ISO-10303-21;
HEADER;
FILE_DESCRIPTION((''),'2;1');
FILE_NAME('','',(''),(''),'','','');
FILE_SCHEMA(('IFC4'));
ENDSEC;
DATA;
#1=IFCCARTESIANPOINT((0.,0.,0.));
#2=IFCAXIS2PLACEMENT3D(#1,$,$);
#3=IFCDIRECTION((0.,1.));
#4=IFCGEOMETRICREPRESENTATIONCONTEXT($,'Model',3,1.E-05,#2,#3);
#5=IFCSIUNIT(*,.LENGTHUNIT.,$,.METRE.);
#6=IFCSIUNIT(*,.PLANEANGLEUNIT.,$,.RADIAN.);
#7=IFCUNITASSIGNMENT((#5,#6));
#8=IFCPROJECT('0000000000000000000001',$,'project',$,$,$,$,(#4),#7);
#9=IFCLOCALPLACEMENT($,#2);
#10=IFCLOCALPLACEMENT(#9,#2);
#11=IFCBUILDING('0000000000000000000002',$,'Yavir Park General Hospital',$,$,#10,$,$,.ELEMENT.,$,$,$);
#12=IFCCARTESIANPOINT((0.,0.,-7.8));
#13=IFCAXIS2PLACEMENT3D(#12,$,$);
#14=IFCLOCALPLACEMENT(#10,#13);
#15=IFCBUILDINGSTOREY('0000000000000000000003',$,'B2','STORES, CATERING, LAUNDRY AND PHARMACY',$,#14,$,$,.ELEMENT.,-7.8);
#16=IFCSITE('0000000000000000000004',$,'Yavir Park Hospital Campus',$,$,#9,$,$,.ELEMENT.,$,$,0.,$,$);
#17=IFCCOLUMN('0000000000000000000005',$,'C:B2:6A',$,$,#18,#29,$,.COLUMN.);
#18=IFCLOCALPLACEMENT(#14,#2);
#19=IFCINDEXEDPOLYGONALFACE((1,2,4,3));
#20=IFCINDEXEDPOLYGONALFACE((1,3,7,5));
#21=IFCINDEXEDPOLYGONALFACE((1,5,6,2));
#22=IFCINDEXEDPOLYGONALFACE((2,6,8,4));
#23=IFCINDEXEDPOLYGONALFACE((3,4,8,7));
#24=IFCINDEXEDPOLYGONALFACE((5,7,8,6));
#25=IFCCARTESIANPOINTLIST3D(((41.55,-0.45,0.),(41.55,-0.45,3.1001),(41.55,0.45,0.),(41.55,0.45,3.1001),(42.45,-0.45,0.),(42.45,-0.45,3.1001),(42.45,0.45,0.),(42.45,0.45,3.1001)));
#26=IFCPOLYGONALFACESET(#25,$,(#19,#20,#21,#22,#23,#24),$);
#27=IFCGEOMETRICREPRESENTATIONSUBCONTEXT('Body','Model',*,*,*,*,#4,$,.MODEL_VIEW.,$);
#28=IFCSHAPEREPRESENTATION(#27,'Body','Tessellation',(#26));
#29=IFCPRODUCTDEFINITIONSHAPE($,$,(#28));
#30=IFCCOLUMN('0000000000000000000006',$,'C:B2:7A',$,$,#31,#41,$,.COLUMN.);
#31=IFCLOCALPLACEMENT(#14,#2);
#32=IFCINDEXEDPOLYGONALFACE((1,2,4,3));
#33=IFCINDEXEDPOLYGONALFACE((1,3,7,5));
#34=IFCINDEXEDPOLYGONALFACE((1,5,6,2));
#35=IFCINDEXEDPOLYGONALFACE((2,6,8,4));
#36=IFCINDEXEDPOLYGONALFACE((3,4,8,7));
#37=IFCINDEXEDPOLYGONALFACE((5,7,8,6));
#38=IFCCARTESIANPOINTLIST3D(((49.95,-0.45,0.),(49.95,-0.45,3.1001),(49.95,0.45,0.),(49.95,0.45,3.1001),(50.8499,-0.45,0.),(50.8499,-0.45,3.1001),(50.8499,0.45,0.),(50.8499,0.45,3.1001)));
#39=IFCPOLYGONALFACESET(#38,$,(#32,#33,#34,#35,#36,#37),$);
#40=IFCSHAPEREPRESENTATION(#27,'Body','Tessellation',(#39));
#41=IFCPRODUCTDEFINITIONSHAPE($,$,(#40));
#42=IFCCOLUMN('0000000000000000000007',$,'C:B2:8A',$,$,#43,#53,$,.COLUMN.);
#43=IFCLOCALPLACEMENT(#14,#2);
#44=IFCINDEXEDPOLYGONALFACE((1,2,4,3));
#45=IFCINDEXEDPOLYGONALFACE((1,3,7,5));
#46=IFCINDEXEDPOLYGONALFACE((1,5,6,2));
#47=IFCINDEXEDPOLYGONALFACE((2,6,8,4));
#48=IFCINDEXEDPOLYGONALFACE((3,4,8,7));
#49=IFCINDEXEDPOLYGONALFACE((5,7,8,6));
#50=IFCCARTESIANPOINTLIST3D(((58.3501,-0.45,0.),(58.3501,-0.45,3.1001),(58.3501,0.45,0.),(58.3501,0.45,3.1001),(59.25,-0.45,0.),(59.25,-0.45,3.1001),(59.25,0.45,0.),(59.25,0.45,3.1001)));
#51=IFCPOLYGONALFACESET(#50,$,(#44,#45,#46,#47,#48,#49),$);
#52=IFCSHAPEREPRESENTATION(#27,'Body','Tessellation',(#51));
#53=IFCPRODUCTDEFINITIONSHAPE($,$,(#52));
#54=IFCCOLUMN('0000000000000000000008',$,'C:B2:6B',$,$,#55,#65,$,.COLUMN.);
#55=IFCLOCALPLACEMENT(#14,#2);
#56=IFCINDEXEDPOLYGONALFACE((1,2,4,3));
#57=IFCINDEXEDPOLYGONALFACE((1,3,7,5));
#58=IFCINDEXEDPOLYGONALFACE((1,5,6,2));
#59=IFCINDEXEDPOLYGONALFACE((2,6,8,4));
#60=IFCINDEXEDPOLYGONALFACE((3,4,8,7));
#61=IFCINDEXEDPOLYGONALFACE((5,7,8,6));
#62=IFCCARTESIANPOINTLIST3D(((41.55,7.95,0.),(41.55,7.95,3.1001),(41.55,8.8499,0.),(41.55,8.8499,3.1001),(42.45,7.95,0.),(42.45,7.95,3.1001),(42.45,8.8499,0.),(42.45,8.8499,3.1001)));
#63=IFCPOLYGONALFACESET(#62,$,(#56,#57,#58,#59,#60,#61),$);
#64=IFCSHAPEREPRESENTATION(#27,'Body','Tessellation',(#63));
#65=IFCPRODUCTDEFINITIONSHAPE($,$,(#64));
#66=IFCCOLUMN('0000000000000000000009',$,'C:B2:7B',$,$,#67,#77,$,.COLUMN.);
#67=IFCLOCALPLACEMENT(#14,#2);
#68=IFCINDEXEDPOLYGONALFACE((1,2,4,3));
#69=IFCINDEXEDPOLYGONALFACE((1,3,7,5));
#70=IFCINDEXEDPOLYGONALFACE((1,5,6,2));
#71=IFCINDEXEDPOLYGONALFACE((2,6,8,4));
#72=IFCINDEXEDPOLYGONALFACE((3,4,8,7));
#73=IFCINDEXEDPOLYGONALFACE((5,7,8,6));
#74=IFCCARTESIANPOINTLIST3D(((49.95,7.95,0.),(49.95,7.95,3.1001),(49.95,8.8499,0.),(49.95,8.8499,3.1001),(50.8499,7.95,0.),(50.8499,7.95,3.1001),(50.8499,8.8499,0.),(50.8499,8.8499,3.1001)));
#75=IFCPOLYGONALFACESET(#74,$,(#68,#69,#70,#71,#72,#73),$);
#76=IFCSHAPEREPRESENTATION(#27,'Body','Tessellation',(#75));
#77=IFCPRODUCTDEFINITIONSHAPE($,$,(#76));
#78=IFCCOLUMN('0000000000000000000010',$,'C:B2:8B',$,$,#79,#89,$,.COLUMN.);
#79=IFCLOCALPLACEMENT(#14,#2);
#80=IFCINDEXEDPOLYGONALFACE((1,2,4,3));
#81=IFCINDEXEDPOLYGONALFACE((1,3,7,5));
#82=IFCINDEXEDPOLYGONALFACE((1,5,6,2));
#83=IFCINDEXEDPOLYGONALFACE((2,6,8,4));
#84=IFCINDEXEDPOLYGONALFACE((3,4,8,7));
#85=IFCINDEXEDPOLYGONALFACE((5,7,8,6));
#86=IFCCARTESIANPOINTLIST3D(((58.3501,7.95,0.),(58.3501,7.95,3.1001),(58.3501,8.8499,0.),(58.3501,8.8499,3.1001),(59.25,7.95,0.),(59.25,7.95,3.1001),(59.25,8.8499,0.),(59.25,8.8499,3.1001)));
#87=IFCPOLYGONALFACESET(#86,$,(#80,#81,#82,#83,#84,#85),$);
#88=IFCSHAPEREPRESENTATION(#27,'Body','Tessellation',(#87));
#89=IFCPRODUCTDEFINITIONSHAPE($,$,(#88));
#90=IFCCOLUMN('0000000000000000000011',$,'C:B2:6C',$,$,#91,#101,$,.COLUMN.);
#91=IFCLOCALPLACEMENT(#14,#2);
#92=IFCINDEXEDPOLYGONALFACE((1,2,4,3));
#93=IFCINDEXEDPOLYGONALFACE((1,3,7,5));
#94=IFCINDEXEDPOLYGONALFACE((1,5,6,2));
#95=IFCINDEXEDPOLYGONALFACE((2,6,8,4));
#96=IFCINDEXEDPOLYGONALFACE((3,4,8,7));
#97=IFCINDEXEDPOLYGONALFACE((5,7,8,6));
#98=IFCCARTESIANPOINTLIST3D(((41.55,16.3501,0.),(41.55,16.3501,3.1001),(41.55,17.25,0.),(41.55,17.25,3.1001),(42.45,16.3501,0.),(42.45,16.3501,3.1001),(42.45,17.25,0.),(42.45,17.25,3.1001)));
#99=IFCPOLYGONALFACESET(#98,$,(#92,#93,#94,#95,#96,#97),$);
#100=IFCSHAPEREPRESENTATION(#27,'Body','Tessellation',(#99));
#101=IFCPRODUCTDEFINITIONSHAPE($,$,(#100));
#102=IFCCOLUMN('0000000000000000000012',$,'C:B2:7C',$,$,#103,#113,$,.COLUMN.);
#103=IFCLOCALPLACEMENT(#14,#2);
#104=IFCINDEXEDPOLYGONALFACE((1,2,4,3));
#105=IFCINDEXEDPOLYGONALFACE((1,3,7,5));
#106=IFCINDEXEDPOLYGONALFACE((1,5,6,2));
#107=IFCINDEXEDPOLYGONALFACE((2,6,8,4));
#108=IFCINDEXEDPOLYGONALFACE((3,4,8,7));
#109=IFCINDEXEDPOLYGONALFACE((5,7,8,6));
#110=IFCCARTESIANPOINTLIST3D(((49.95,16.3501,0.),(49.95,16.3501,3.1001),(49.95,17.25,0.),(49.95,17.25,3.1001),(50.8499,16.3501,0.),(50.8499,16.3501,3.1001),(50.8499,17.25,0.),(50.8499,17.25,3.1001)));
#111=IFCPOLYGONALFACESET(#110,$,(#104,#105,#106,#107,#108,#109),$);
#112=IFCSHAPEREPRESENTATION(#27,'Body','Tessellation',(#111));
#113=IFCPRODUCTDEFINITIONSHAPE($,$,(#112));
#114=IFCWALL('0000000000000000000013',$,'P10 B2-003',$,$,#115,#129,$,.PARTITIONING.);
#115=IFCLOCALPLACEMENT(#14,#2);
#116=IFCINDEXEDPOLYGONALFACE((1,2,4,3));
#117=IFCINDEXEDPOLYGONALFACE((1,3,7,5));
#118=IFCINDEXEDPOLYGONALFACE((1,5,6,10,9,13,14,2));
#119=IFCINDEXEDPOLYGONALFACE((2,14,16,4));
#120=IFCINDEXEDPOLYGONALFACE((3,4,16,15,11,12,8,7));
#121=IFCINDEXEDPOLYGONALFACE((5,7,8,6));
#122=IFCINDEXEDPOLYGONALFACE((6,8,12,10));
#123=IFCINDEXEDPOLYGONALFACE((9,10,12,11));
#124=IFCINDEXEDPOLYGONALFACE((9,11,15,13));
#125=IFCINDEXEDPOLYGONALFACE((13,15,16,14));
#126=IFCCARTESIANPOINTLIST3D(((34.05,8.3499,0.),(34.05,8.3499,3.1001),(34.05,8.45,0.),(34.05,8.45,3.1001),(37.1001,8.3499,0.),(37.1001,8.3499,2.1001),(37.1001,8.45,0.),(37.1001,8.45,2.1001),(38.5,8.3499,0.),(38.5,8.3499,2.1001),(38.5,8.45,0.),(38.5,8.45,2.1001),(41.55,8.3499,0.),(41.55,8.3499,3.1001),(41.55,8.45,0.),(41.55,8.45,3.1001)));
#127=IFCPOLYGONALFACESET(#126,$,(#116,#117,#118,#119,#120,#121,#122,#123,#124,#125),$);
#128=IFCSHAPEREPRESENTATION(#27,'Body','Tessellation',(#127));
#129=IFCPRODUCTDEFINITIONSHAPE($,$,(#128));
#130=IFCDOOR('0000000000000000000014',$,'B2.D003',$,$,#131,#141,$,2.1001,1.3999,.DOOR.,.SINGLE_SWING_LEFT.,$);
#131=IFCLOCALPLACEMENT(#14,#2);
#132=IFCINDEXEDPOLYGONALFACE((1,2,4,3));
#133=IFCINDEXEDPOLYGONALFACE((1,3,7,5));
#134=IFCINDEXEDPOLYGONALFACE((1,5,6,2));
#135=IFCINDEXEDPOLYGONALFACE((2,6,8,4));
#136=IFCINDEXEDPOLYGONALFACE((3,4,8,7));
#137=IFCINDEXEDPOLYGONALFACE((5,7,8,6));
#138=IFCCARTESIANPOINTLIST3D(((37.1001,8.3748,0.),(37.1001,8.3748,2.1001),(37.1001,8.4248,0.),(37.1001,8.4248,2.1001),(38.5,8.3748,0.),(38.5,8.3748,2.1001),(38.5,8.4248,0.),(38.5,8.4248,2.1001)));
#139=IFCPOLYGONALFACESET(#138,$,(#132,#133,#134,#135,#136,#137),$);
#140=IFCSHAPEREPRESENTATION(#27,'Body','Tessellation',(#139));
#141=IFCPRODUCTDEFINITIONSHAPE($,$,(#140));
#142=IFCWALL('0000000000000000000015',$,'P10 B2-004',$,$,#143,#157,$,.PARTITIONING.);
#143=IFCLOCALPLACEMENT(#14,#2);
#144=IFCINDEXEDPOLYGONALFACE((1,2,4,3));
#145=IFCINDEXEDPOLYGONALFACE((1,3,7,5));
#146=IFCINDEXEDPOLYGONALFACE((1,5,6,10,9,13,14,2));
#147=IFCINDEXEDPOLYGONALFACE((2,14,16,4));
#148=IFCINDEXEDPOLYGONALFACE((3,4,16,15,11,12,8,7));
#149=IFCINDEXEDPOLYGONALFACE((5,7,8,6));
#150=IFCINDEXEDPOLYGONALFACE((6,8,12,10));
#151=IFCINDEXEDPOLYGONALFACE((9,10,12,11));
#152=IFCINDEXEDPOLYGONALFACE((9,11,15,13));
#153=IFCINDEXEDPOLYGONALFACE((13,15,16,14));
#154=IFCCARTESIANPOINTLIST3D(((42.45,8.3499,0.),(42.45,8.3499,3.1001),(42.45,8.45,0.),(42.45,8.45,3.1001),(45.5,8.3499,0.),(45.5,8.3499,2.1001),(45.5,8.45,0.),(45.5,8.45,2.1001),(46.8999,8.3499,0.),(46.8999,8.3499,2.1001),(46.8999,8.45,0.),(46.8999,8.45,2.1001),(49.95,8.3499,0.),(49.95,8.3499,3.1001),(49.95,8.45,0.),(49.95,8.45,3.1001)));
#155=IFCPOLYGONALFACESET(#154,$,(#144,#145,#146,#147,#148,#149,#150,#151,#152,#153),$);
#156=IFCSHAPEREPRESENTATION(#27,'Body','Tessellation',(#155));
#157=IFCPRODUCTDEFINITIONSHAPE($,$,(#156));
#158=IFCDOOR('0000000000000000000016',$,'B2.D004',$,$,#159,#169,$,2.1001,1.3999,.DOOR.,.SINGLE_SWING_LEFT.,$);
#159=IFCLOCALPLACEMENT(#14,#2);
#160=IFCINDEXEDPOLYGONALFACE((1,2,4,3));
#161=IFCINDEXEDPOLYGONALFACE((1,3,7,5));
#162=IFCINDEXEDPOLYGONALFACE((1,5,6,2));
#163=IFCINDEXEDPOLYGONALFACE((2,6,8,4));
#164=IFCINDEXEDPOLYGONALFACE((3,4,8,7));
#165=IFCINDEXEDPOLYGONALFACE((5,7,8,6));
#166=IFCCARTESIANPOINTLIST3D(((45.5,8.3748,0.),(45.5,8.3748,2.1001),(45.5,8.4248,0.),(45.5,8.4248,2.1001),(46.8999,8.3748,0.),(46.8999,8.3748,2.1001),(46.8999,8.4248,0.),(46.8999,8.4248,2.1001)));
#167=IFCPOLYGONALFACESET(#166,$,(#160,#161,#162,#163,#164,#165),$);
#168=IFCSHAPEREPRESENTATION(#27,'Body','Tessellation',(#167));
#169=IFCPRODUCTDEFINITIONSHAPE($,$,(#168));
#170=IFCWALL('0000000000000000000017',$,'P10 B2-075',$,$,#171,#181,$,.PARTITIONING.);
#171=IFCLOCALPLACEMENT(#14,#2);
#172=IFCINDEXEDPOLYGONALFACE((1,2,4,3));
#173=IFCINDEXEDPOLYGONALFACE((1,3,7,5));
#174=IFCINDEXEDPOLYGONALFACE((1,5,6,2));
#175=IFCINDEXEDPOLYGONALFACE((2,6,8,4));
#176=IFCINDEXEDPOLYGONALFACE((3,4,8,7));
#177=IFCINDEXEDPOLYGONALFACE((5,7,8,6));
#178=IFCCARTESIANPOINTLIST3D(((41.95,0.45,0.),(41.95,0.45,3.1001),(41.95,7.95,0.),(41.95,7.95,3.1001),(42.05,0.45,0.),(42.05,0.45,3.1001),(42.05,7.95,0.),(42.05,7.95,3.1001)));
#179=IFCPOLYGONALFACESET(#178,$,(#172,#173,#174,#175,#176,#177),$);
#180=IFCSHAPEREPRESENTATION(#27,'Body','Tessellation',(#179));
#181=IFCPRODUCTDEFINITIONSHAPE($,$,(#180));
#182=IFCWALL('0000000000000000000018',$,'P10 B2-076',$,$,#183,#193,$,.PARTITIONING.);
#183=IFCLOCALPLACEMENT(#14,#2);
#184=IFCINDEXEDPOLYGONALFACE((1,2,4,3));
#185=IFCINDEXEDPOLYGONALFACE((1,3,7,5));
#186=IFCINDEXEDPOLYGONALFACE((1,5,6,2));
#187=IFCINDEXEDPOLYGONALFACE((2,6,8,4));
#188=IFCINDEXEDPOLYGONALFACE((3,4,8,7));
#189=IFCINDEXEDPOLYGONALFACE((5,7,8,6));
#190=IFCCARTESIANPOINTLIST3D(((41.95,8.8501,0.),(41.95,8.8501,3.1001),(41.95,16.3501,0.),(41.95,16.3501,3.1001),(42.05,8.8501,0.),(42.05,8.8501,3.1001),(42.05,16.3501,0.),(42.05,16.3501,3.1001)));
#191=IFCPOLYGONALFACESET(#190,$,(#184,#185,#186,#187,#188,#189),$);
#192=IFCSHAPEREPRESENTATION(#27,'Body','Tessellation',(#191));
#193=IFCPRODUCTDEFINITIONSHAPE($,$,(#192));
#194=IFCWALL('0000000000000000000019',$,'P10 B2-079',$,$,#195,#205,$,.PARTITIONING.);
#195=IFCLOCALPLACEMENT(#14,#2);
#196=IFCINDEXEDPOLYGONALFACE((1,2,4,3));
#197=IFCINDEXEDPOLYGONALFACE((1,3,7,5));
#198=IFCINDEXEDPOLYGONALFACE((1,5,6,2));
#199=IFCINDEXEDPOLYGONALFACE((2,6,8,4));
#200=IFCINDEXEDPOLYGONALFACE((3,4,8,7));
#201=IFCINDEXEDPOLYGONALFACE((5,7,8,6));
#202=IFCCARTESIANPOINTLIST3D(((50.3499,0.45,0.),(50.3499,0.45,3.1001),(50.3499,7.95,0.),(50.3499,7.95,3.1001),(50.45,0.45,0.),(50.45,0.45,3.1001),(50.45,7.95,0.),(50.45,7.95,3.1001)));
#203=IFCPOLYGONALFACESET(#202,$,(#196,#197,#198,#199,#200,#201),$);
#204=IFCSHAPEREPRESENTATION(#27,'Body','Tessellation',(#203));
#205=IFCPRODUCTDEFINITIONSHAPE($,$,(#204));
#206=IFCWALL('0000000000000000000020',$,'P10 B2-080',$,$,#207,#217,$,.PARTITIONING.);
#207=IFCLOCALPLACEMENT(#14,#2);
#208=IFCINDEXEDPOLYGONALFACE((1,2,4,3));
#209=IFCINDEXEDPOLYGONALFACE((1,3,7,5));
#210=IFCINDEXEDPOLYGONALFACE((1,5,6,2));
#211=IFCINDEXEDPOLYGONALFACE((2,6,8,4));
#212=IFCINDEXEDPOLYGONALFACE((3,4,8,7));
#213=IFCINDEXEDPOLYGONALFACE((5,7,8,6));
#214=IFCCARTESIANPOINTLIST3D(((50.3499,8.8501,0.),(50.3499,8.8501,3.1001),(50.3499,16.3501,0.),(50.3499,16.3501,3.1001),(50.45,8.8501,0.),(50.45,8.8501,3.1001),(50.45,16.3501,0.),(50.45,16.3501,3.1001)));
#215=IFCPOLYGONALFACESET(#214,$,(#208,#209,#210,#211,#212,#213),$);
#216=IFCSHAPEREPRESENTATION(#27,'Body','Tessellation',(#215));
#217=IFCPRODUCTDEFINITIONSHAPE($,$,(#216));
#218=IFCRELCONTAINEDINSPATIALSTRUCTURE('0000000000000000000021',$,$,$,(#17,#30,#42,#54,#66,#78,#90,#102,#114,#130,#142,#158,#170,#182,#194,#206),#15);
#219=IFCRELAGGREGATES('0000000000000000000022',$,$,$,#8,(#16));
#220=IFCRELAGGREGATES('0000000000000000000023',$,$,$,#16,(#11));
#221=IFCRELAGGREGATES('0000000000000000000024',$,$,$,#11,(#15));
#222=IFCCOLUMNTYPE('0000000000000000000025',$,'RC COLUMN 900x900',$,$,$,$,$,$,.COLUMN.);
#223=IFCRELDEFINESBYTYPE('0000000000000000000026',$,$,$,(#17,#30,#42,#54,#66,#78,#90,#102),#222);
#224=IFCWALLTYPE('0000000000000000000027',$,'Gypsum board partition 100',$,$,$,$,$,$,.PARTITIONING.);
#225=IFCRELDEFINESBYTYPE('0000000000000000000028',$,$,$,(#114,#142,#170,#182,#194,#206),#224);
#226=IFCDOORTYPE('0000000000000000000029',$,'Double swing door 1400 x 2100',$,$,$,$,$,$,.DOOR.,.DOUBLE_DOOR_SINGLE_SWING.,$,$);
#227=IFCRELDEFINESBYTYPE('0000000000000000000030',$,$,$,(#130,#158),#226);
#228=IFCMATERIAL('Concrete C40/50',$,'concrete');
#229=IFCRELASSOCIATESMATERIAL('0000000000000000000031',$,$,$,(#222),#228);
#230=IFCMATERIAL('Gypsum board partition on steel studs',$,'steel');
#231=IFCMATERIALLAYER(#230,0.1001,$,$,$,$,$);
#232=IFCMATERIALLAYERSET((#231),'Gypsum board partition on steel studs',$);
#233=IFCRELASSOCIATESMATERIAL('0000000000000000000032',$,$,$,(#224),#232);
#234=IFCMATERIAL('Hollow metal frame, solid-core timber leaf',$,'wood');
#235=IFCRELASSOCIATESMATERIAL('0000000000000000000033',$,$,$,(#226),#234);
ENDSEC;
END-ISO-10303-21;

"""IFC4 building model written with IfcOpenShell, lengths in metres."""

from ifc_helpers import new_model, si_unit, direction, frame, frame_2d, origin, origin_2d, place, context, subcontext, project, spatial, rectangle, extrude, material, layer, layer_set, material_profile, profile_set, type_object, element, fill, save


model = new_model("IFC4")

# Units and contexts
model_context = context("Model", 3, precision=1e-05, world=origin(), true_north=direction((0.0, 1.0)))
body_context = subcontext(model_context, "Body", "Model", "MODEL_VIEW")
ifc_project = project(units=[si_unit("LENGTHUNIT", "METRE"), si_unit("PLANEANGLEUNIT", "RADIAN")], contexts=[model_context])

# Site, building, storey
site_placement = place(None, origin())
site = spatial("IfcSite", under=ifc_project, at=site_placement, Name="Yavir Park Hospital Campus", CompositionType="ELEMENT", RefElevation=0.0)
building_placement = place(site_placement, origin())
building = spatial("IfcBuilding", under=site, at=building_placement, Name="Yavir Park General Hospital", CompositionType="ELEMENT")
storey_placement = place(building_placement, frame((0.0, 0.0, -7.8)))
storey = spatial("IfcBuildingStorey", under=building, at=storey_placement, Name="B2", Description="STORES, CATERING, LAUNDRY AND PHARMACY", CompositionType="ELEMENT", Elevation=-7.8)

# Columns
ifc_material_1 = material(Name="Concrete C40/50", Category="concrete")
ifc_material_profile = material_profile(ifc_material_1, rectangle(XDim=0.8999, YDim=0.8999, at=origin_2d()), Name="RC900x900")
ifc_profile_set = profile_set([ifc_material_profile], Name="Concrete C40/50")
column_type = type_object("IfcColumnType", Name="RC COLUMN 900x900", PredefinedType="COLUMN", material=ifc_profile_set)
for number, where, z_axis, x_axis, name in (
    (1, (42.0, 0.0, 0.0), (0.0, 0.0, 1.0), (1.0, 0.0, 0.0), "C:B2:6A"),
    (2, (50.3999, 0.0, 0.0), (0.0, 0.0, 1.0), (1.0, 0.0, 0.0), "C:B2:7A"),
    (3, (58.8, 0.0, 0.0), (0.0, 0.0, 1.0), (1.0, 0.0, 0.0), "C:B2:8A"),
    (4, (42.0, 8.3999, 0.0), (0.0, 0.0, 1.0), (1.0, 0.0, 0.0), "C:B2:6B"),
    (5, (50.3999, 8.3999, 0.0), (0.0, 0.0, 1.0), (1.0, 0.0, 0.0), "C:B2:7B"),
    (6, (58.8, 8.3999, 0.0), (0.0, 0.0, 1.0), (1.0, 0.0, 0.0), "C:B2:8B"),
    (7, (42.0, 16.8, 0.0), (0.0, 0.0, 1.0), (1.0, 0.0, 0.0), "C:B2:6C"),
    (8, (50.3999, 16.8, 0.0), (0.0, 0.0, 1.0), (1.0, 0.0, 0.0), "C:B2:7C"),
):
    element("IfcColumn", number, at=place(storey_placement, frame(where, z_axis=z_axis, x_axis=x_axis)), inside=storey, type_object=column_type, Name=name, PredefinedType="COLUMN", context=body_context, shape_type="SweptSolid", body=[
        extrude(rectangle(XDim=0.8999, YDim=0.8999, at=origin_2d()), origin(), (0.0, 0.0, 1.0), 3.1001),
    ])

# Walls, openings, doors
ifc_material_2 = material(Name="Gypsum board partition on steel studs", Category="steel")
ifc_layer_1 = layer(ifc_material_2, 0.1001)
ifc_layer_set_1 = layer_set([ifc_layer_1], Name="Gypsum board partition on steel studs")
wall_type_1 = type_object("IfcWallType", Name="Gypsum board partition 100", PredefinedType="PARTITIONING", material=ifc_layer_set_1)
wall_1_placement = place(storey_placement, frame((34.05, 8.3999, 0.0), z_axis=(0.0, 0.0, 1.0), x_axis=(1.0, 0.0, 0.0)))
wall_1 = element("IfcWall", 9, at=wall_1_placement, inside=storey, type_object=wall_type_1, Name="P10 B2-003", PredefinedType="PARTITIONING", context=body_context, shape_type="SweptSolid", body=[
    extrude(rectangle(XDim=7.5, YDim=0.1001, at=frame_2d((3.75, 0.0))), origin(), (0.0, 0.0, 1.0), 3.1001),
])
opening_1_placement = place(wall_1_placement, frame((3.05, 0.0, 0.0)))
opening_1 = element("IfcOpeningElement", 10, at=opening_1_placement, cuts=wall_1, PredefinedType="OPENING", context=body_context, shape_type="SweptSolid", body=[
    extrude(rectangle(XDim=1.3999, YDim=2.1001, at=frame_2d((0.7, 1.05))), frame((0.0, 0.0601, 0.0), z_axis=(0.0, -1.0, 0.0), x_axis=(1.0, 0.0, 0.0)), (0.0, 0.0, 1.0), 0.1201),
])
ifc_material_3 = material(Name="Hollow metal frame, solid-core timber leaf", Category="wood")
door_type = type_object("IfcDoorType", Name="Double swing door 1400 x 2100", OperationType="DOUBLE_DOOR_SINGLE_SWING", PredefinedType="DOOR", material=ifc_material_3)
door_1_placement = place(opening_1_placement, origin())
door_1 = element("IfcDoor", 11, at=door_1_placement, inside=storey, type_object=door_type, Name="B2.D003", OperationType="SINGLE_SWING_LEFT", OverallHeight=2.1001, OverallWidth=1.3999, PredefinedType="DOOR", context=body_context, shape_type="SweptSolid", body=[
    extrude(rectangle(XDim=1.3999, YDim=2.1001, at=frame_2d((0.7, 1.05))), frame((0.0, 0.0249, 0.0), z_axis=(0.0, -1.0, 0.0), x_axis=(1.0, 0.0, 0.0)), (0.0, 0.0, 1.0), 0.05),
])
fill(opening_1, door_1)
wall_2_placement = place(storey_placement, frame((42.45, 8.3999, 0.0), z_axis=(0.0, 0.0, 1.0), x_axis=(1.0, 0.0, 0.0)))
wall_2 = element("IfcWall", 12, at=wall_2_placement, inside=storey, type_object=wall_type_1, Name="P10 B2-004", PredefinedType="PARTITIONING", context=body_context, shape_type="SweptSolid", body=[
    extrude(rectangle(XDim=7.5, YDim=0.1001, at=frame_2d((3.75, 0.0))), origin(), (0.0, 0.0, 1.0), 3.1001),
])
opening_2_placement = place(wall_2_placement, frame((3.05, 0.0, 0.0)))
opening_2 = element("IfcOpeningElement", 13, at=opening_2_placement, cuts=wall_2, PredefinedType="OPENING", context=body_context, shape_type="SweptSolid", body=[
    extrude(rectangle(XDim=1.3999, YDim=2.1001, at=frame_2d((0.7, 1.05))), frame((0.0, 0.0601, 0.0), z_axis=(0.0, -1.0, 0.0), x_axis=(1.0, 0.0, 0.0)), (0.0, 0.0, 1.0), 0.1201),
])
door_2_placement = place(opening_2_placement, origin())
door_2 = element("IfcDoor", 14, at=door_2_placement, inside=storey, type_object=door_type, Name="B2.D004", OperationType="SINGLE_SWING_LEFT", OverallHeight=2.1001, OverallWidth=1.3999, PredefinedType="DOOR", context=body_context, shape_type="SweptSolid", body=[
    extrude(rectangle(XDim=1.3999, YDim=2.1001, at=frame_2d((0.7, 1.05))), frame((0.0, 0.0249, 0.0), z_axis=(0.0, -1.0, 0.0), x_axis=(1.0, 0.0, 0.0)), (0.0, 0.0, 1.0), 0.05),
])
fill(opening_2, door_2)

# Walls
for number, where, z_axis, x_axis, name in (
    (15, (42.0, 0.45, 0.0), (0.0, 0.0, 1.0), (0.0, 1.0, 0.0), "P10 B2-075"),
    (16, (42.0, 8.8501, 0.0), (0.0, 0.0, 1.0), (0.0, 1.0, 0.0), "P10 B2-076"),
    (17, (50.3999, 0.45, 0.0), (0.0, 0.0, 1.0), (0.0, 1.0, 0.0), "P10 B2-079"),
    (18, (50.3999, 8.8501, 0.0), (0.0, 0.0, 1.0), (0.0, 1.0, 0.0), "P10 B2-080"),
):
    element("IfcWall", number, at=place(storey_placement, frame(where, z_axis=z_axis, x_axis=x_axis)), inside=storey, type_object=wall_type_1, Name=name, PredefinedType="PARTITIONING", context=body_context, shape_type="SweptSolid", body=[
        extrude(rectangle(XDim=7.5, YDim=0.1001, at=frame_2d((3.75, 0.0))), origin(), (0.0, 0.0, 1.0), 3.1001),
    ])

save(model, "model.ifc")
